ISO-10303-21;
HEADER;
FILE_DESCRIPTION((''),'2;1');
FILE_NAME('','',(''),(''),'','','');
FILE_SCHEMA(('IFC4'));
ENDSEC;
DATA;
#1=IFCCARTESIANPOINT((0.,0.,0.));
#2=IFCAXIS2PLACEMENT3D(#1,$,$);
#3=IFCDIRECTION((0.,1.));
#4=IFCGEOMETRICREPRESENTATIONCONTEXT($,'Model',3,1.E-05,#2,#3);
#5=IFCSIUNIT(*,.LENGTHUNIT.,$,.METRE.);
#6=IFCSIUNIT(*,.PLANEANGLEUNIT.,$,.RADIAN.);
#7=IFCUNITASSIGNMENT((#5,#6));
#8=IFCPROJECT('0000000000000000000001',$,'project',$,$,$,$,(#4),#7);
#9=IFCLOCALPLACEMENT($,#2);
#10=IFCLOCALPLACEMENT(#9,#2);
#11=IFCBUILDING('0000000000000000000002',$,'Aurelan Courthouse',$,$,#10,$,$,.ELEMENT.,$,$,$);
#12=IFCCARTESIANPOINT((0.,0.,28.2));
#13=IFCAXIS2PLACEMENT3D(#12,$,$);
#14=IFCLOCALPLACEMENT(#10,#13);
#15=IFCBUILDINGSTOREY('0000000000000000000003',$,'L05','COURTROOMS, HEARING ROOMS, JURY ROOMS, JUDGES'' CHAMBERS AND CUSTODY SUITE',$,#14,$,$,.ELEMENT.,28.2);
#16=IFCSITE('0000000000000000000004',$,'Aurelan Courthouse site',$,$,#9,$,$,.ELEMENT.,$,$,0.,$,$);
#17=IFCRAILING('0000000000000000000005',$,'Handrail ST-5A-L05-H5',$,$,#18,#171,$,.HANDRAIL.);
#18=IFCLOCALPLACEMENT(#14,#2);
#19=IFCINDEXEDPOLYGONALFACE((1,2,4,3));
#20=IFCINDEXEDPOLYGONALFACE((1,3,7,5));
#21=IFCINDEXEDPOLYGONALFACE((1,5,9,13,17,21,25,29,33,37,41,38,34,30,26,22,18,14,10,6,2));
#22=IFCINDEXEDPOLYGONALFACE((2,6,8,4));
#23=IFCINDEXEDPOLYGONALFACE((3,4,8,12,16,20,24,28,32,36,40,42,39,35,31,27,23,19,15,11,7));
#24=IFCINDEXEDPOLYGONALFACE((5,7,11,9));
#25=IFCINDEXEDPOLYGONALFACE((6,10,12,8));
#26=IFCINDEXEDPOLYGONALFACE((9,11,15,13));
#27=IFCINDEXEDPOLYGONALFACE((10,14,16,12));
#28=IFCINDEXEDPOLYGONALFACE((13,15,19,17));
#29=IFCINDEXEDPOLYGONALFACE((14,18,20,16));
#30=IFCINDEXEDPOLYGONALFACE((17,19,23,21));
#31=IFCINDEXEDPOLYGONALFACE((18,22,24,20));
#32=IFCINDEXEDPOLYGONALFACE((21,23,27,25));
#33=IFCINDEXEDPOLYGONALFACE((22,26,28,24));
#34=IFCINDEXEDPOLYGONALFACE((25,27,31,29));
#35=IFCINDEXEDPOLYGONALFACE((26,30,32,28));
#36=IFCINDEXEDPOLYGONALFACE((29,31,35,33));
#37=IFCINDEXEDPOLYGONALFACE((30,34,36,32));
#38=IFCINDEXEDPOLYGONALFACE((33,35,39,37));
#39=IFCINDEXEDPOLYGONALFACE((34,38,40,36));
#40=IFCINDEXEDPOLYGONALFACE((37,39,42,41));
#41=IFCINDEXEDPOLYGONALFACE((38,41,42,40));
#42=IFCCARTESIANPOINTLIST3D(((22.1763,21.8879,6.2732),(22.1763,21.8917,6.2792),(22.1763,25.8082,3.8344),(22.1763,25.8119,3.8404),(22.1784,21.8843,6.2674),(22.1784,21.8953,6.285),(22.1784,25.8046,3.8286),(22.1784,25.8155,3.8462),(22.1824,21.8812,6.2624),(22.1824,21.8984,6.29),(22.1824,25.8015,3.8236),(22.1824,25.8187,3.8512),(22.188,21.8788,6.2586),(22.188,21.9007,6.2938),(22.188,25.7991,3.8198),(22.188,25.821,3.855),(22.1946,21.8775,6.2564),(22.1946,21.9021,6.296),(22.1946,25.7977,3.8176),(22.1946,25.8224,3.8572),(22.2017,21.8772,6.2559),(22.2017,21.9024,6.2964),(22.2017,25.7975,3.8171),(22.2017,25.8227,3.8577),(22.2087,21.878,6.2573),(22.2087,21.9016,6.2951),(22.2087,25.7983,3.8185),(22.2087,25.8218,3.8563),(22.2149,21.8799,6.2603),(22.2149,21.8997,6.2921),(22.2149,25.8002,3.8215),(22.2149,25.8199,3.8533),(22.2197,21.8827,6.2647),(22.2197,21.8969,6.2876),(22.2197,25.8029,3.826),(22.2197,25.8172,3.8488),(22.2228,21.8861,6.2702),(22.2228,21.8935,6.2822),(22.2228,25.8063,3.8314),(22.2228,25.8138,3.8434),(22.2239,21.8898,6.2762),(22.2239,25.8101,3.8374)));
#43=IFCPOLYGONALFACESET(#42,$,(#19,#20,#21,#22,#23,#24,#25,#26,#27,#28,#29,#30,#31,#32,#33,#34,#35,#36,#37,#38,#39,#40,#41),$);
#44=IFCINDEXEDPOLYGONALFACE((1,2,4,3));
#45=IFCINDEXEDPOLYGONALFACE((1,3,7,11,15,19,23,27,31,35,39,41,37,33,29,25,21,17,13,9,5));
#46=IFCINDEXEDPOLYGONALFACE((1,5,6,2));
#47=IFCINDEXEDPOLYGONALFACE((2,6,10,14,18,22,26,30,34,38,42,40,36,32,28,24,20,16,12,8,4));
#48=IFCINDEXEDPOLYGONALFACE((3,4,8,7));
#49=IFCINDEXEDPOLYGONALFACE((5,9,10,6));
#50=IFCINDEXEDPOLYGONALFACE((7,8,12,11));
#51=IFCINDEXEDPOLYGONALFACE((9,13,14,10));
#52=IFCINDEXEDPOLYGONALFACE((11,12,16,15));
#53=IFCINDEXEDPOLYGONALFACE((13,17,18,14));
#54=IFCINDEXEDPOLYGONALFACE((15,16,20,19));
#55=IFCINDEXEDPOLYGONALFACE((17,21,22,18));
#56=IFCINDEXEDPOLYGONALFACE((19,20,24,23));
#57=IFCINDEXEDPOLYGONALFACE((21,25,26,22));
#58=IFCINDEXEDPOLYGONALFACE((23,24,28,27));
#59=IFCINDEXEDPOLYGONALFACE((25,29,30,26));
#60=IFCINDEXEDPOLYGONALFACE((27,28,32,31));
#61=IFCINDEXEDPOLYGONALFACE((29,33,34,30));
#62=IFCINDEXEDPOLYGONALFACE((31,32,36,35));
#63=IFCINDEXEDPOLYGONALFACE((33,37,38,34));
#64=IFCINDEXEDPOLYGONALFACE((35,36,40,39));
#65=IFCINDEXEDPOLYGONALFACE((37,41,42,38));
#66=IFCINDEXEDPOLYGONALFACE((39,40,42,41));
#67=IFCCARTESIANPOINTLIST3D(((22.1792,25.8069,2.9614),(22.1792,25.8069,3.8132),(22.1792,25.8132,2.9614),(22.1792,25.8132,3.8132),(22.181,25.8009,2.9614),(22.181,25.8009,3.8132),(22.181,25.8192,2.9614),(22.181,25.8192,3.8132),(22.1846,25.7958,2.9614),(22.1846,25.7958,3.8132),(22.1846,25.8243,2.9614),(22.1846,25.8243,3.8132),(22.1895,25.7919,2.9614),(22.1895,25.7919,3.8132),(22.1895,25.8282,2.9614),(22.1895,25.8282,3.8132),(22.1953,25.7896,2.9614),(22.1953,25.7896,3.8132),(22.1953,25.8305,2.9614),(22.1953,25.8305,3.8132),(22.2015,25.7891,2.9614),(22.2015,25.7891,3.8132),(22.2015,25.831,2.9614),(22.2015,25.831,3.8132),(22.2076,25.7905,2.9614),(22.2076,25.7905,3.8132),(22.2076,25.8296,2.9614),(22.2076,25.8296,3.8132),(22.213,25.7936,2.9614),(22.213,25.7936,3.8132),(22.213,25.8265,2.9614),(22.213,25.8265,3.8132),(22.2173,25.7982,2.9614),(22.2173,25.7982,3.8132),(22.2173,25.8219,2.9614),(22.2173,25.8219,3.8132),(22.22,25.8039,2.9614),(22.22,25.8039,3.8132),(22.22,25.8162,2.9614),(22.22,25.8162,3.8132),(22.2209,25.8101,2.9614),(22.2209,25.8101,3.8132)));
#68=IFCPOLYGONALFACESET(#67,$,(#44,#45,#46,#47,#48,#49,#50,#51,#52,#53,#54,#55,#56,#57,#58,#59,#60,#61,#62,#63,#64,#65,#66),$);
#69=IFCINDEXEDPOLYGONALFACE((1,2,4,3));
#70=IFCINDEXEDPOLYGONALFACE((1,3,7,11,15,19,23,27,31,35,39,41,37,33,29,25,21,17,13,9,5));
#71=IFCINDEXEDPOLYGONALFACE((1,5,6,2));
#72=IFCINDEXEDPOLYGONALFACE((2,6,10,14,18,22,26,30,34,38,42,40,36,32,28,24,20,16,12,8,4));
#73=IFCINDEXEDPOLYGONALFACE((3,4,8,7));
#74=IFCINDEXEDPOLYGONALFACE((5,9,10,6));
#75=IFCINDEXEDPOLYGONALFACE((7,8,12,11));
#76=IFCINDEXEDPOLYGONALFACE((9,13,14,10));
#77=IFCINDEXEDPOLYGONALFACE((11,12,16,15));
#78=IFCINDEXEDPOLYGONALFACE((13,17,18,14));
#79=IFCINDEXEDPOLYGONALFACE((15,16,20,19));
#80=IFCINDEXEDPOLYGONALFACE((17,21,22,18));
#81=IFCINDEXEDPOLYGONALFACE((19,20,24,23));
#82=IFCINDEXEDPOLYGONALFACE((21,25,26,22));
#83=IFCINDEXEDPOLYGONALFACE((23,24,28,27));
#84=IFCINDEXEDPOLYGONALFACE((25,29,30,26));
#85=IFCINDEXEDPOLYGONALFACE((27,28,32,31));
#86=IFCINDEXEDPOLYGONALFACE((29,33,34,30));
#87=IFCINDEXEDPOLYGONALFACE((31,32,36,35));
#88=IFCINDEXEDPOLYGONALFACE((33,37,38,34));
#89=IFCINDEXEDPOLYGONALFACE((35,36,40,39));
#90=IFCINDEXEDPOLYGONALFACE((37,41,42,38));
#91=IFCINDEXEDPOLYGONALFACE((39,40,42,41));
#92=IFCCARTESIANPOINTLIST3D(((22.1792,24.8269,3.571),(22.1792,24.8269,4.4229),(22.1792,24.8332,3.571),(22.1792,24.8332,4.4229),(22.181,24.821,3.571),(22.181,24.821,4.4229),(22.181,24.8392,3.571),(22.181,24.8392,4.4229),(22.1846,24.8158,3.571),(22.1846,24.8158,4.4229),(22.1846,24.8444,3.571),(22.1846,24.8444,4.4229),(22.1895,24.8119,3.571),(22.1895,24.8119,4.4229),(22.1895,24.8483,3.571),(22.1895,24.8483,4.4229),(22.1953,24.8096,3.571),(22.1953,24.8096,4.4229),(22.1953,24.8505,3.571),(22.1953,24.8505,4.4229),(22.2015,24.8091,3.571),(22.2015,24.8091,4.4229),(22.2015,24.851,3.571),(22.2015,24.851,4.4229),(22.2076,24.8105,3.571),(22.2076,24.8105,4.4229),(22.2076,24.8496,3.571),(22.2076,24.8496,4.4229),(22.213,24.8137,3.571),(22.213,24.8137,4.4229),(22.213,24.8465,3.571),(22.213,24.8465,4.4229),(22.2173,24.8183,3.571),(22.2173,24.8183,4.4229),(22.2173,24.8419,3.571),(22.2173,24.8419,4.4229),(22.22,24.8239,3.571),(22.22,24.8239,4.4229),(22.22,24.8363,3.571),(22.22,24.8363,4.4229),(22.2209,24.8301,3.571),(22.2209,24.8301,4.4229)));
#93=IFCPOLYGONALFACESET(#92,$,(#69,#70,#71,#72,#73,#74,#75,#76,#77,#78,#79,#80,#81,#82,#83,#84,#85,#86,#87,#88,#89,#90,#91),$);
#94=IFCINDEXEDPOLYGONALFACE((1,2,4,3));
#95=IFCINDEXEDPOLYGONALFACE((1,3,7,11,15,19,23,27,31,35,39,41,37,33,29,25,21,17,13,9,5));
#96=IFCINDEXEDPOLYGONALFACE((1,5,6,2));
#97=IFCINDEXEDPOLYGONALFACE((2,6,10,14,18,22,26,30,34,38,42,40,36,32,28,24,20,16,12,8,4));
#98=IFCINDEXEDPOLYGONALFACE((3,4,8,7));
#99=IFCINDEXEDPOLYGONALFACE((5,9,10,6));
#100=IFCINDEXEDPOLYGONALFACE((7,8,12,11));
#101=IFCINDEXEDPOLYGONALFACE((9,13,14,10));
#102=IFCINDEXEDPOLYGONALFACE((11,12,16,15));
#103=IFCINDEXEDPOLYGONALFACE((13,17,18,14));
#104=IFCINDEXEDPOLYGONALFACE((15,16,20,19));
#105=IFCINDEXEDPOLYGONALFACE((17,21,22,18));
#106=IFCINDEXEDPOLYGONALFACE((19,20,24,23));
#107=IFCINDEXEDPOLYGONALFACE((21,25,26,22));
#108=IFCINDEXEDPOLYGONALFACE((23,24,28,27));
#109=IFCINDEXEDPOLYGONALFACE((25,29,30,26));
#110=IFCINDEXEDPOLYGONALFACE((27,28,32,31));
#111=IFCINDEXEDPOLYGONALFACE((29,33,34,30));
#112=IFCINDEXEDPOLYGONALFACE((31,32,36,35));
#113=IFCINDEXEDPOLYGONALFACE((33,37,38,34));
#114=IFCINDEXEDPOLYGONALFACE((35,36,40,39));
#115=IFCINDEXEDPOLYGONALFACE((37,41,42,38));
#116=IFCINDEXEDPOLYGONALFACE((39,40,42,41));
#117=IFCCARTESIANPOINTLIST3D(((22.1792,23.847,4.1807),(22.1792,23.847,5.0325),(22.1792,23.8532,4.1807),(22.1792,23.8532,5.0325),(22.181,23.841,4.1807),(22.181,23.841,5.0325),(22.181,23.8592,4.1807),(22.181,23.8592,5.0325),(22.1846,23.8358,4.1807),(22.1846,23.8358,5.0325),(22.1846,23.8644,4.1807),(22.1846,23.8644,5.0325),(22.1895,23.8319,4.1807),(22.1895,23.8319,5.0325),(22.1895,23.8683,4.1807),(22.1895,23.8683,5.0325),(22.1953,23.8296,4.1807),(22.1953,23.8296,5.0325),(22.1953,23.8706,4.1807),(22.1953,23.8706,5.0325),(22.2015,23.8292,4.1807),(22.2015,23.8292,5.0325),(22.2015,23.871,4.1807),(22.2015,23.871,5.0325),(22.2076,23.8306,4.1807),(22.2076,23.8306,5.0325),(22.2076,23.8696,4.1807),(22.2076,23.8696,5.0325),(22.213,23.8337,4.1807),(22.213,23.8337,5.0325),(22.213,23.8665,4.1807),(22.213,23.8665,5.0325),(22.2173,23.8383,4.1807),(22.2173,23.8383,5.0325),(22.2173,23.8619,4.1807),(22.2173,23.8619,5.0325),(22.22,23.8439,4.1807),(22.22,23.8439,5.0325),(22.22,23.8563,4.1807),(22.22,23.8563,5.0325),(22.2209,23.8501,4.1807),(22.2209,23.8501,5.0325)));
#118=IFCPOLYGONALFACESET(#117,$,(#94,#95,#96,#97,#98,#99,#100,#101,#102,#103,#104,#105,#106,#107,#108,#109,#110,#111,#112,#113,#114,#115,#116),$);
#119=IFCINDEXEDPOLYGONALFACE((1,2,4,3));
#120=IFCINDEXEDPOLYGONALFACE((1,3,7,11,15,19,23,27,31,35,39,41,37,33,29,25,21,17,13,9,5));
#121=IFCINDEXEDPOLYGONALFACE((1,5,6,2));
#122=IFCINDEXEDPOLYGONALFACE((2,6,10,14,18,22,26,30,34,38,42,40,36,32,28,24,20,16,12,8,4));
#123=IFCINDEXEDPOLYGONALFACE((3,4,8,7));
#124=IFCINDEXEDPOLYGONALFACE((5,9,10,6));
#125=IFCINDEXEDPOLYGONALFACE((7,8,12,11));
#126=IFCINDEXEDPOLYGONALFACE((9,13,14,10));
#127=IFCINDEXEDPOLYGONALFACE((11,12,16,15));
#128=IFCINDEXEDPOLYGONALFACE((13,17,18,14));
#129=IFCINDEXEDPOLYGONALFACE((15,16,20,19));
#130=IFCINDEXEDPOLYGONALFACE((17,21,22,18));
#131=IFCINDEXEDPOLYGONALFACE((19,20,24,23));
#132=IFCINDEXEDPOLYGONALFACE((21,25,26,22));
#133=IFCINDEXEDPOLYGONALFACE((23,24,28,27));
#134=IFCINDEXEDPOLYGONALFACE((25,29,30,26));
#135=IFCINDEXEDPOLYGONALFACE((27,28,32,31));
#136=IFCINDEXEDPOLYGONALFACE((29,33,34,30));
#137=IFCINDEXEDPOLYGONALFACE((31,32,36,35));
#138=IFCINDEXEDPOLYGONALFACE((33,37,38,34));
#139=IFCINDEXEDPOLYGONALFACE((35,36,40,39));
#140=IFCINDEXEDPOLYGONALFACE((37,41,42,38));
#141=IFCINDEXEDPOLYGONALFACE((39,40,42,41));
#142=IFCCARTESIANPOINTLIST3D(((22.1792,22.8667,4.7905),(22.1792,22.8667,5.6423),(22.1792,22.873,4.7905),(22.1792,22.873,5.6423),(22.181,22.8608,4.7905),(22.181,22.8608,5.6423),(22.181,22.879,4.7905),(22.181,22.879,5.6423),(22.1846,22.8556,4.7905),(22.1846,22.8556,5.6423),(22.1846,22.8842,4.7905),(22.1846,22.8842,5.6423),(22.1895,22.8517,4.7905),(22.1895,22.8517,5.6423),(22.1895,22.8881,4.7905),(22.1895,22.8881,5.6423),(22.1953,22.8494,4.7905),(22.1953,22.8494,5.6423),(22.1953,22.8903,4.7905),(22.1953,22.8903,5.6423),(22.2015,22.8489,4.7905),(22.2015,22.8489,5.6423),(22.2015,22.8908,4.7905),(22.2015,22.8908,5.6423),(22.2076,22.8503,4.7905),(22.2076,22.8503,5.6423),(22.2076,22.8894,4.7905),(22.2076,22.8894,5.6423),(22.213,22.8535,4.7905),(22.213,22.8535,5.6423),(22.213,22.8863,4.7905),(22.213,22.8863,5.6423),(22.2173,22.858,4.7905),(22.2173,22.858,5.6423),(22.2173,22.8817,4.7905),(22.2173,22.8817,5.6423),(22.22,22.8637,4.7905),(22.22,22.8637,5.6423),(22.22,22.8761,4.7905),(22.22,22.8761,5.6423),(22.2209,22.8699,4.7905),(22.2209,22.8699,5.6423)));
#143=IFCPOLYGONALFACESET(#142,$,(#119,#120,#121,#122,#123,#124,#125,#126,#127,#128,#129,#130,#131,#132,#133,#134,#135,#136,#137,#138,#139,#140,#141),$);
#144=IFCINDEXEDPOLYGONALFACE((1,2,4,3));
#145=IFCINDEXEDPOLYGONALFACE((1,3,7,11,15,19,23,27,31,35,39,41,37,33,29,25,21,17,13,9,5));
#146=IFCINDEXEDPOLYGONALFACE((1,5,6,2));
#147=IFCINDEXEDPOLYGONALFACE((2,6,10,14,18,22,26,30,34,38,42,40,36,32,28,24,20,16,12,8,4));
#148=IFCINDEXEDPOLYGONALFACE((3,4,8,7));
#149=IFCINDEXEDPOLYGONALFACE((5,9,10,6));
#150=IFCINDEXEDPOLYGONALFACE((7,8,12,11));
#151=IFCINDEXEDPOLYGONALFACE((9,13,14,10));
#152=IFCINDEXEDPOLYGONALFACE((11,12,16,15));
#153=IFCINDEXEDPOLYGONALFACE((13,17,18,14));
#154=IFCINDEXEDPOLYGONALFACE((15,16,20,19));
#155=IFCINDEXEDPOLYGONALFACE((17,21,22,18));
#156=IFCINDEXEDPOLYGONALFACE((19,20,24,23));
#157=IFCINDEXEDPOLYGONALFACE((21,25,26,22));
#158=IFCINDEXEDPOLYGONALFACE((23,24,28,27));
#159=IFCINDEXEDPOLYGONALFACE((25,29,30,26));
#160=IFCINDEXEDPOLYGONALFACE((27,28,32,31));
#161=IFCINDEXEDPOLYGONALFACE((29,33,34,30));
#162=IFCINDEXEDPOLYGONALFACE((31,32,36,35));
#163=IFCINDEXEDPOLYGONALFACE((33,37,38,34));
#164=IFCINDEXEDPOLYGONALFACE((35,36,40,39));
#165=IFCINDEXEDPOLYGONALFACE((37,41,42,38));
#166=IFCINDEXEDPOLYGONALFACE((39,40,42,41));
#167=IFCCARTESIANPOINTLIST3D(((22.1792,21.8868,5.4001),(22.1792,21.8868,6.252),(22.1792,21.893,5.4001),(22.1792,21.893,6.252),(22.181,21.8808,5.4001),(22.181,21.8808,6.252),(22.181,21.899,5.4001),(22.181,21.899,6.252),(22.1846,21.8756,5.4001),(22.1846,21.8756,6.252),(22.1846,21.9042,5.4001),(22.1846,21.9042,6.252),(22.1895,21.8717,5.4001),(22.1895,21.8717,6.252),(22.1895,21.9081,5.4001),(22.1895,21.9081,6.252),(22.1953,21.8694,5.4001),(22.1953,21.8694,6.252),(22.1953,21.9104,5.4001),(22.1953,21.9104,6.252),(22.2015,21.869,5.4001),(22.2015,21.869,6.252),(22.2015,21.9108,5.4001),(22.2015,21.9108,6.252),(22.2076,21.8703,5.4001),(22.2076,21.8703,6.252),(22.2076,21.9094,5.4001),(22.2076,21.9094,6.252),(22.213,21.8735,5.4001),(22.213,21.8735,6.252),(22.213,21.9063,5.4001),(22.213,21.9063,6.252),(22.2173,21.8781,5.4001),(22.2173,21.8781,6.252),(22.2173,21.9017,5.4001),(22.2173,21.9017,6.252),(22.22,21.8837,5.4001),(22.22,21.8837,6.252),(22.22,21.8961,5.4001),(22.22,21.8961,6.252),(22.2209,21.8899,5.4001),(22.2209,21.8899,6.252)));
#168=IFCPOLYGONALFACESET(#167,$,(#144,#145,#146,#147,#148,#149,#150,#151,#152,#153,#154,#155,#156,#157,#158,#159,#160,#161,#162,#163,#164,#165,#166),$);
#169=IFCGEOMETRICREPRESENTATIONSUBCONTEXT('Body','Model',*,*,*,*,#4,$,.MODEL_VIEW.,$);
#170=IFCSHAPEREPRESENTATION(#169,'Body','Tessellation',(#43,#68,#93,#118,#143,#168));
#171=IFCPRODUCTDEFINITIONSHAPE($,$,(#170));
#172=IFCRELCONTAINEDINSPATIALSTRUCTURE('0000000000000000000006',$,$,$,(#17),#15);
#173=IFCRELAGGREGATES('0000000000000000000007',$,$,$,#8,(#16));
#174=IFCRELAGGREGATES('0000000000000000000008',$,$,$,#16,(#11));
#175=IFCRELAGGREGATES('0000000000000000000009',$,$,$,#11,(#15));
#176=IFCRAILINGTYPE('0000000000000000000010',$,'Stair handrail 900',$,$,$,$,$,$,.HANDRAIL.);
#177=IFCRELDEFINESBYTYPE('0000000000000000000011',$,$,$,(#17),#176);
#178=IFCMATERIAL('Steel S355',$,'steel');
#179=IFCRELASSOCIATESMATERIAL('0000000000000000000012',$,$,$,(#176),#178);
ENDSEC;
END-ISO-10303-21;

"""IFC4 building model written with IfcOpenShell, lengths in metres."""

from ifc_helpers import new_model, si_unit, direction, frame, origin, origin_2d, place, context, subcontext, project, spatial, circle, extrude, material, type_object, element, save


model = new_model("IFC4")

# Units and contexts
model_context = context("Model", 3, precision=1e-05, world=origin(), true_north=direction((0.0, 1.0)))
body_context = subcontext(model_context, "Body", "Model", "MODEL_VIEW")
ifc_project = project(units=[si_unit("LENGTHUNIT", "METRE"), si_unit("PLANEANGLEUNIT", "RADIAN")], contexts=[model_context])

# Site, building, storey
site_placement = place(None, origin())
site = spatial("IfcSite", under=ifc_project, at=site_placement, Name="Aurelan Courthouse site", CompositionType="ELEMENT", RefElevation=0.0)
building_placement = place(site_placement, origin())
building = spatial("IfcBuilding", under=site, at=building_placement, Name="Aurelan Courthouse", CompositionType="ELEMENT")
storey_placement = place(building_placement, frame((0.0, 0.0, 28.2)))
storey = spatial("IfcBuildingStorey", under=building, at=storey_placement, Name="L05", Description="COURTROOMS, HEARING ROOMS, JURY ROOMS, JUDGES' CHAMBERS AND CUSTODY SUITE", CompositionType="ELEMENT", Elevation=28.2)

# Railing
ifc_material_1 = material(Name="Steel S355", Category="steel")
railing_type_1 = type_object("IfcRailingType", Name="Stair handrail 900", PredefinedType="HANDRAIL", material=ifc_material_1)
for number, where, name in (
    (1, (22.2, 25.8101, 2.9614), "Handrail ST-5A-L05-H5"),
):
    element("IfcRailing", number, at=place(storey_placement, frame(where)), inside=storey, type_object=railing_type_1, Name=name, PredefinedType="HANDRAIL", context=body_context, shape_type="SweptSolid", body=[
        extrude(circle(Radius=0.0239, at=origin_2d()), frame((0.0, 0.0, 0.876), z_axis=(0.0, -0.849105, 0.528225), x_axis=(1.0, 0.0, 0.0)), (0.0, 0.0, 1.0), 4.6169),
        extrude(circle(Radius=0.021, at=origin_2d()), origin(), (0.0, 0.0, 1.0), 0.8518),
        extrude(circle(Radius=0.021, at=origin_2d()), frame((0.0, -0.98, 0.6096)), (0.0, 0.0, 1.0), 0.8518),
        extrude(circle(Radius=0.021, at=origin_2d()), frame((0.0, -1.96, 1.2192)), (0.0, 0.0, 1.0), 0.8518),
        extrude(circle(Radius=0.021, at=origin_2d()), frame((0.0, -2.9402, 1.8291)), (0.0, 0.0, 1.0), 0.8518),
        extrude(circle(Radius=0.021, at=origin_2d()), frame((0.0, -3.9202, 2.4387)), (0.0, 0.0, 1.0), 0.8518),
    ])

save(model, "model.ifc")
